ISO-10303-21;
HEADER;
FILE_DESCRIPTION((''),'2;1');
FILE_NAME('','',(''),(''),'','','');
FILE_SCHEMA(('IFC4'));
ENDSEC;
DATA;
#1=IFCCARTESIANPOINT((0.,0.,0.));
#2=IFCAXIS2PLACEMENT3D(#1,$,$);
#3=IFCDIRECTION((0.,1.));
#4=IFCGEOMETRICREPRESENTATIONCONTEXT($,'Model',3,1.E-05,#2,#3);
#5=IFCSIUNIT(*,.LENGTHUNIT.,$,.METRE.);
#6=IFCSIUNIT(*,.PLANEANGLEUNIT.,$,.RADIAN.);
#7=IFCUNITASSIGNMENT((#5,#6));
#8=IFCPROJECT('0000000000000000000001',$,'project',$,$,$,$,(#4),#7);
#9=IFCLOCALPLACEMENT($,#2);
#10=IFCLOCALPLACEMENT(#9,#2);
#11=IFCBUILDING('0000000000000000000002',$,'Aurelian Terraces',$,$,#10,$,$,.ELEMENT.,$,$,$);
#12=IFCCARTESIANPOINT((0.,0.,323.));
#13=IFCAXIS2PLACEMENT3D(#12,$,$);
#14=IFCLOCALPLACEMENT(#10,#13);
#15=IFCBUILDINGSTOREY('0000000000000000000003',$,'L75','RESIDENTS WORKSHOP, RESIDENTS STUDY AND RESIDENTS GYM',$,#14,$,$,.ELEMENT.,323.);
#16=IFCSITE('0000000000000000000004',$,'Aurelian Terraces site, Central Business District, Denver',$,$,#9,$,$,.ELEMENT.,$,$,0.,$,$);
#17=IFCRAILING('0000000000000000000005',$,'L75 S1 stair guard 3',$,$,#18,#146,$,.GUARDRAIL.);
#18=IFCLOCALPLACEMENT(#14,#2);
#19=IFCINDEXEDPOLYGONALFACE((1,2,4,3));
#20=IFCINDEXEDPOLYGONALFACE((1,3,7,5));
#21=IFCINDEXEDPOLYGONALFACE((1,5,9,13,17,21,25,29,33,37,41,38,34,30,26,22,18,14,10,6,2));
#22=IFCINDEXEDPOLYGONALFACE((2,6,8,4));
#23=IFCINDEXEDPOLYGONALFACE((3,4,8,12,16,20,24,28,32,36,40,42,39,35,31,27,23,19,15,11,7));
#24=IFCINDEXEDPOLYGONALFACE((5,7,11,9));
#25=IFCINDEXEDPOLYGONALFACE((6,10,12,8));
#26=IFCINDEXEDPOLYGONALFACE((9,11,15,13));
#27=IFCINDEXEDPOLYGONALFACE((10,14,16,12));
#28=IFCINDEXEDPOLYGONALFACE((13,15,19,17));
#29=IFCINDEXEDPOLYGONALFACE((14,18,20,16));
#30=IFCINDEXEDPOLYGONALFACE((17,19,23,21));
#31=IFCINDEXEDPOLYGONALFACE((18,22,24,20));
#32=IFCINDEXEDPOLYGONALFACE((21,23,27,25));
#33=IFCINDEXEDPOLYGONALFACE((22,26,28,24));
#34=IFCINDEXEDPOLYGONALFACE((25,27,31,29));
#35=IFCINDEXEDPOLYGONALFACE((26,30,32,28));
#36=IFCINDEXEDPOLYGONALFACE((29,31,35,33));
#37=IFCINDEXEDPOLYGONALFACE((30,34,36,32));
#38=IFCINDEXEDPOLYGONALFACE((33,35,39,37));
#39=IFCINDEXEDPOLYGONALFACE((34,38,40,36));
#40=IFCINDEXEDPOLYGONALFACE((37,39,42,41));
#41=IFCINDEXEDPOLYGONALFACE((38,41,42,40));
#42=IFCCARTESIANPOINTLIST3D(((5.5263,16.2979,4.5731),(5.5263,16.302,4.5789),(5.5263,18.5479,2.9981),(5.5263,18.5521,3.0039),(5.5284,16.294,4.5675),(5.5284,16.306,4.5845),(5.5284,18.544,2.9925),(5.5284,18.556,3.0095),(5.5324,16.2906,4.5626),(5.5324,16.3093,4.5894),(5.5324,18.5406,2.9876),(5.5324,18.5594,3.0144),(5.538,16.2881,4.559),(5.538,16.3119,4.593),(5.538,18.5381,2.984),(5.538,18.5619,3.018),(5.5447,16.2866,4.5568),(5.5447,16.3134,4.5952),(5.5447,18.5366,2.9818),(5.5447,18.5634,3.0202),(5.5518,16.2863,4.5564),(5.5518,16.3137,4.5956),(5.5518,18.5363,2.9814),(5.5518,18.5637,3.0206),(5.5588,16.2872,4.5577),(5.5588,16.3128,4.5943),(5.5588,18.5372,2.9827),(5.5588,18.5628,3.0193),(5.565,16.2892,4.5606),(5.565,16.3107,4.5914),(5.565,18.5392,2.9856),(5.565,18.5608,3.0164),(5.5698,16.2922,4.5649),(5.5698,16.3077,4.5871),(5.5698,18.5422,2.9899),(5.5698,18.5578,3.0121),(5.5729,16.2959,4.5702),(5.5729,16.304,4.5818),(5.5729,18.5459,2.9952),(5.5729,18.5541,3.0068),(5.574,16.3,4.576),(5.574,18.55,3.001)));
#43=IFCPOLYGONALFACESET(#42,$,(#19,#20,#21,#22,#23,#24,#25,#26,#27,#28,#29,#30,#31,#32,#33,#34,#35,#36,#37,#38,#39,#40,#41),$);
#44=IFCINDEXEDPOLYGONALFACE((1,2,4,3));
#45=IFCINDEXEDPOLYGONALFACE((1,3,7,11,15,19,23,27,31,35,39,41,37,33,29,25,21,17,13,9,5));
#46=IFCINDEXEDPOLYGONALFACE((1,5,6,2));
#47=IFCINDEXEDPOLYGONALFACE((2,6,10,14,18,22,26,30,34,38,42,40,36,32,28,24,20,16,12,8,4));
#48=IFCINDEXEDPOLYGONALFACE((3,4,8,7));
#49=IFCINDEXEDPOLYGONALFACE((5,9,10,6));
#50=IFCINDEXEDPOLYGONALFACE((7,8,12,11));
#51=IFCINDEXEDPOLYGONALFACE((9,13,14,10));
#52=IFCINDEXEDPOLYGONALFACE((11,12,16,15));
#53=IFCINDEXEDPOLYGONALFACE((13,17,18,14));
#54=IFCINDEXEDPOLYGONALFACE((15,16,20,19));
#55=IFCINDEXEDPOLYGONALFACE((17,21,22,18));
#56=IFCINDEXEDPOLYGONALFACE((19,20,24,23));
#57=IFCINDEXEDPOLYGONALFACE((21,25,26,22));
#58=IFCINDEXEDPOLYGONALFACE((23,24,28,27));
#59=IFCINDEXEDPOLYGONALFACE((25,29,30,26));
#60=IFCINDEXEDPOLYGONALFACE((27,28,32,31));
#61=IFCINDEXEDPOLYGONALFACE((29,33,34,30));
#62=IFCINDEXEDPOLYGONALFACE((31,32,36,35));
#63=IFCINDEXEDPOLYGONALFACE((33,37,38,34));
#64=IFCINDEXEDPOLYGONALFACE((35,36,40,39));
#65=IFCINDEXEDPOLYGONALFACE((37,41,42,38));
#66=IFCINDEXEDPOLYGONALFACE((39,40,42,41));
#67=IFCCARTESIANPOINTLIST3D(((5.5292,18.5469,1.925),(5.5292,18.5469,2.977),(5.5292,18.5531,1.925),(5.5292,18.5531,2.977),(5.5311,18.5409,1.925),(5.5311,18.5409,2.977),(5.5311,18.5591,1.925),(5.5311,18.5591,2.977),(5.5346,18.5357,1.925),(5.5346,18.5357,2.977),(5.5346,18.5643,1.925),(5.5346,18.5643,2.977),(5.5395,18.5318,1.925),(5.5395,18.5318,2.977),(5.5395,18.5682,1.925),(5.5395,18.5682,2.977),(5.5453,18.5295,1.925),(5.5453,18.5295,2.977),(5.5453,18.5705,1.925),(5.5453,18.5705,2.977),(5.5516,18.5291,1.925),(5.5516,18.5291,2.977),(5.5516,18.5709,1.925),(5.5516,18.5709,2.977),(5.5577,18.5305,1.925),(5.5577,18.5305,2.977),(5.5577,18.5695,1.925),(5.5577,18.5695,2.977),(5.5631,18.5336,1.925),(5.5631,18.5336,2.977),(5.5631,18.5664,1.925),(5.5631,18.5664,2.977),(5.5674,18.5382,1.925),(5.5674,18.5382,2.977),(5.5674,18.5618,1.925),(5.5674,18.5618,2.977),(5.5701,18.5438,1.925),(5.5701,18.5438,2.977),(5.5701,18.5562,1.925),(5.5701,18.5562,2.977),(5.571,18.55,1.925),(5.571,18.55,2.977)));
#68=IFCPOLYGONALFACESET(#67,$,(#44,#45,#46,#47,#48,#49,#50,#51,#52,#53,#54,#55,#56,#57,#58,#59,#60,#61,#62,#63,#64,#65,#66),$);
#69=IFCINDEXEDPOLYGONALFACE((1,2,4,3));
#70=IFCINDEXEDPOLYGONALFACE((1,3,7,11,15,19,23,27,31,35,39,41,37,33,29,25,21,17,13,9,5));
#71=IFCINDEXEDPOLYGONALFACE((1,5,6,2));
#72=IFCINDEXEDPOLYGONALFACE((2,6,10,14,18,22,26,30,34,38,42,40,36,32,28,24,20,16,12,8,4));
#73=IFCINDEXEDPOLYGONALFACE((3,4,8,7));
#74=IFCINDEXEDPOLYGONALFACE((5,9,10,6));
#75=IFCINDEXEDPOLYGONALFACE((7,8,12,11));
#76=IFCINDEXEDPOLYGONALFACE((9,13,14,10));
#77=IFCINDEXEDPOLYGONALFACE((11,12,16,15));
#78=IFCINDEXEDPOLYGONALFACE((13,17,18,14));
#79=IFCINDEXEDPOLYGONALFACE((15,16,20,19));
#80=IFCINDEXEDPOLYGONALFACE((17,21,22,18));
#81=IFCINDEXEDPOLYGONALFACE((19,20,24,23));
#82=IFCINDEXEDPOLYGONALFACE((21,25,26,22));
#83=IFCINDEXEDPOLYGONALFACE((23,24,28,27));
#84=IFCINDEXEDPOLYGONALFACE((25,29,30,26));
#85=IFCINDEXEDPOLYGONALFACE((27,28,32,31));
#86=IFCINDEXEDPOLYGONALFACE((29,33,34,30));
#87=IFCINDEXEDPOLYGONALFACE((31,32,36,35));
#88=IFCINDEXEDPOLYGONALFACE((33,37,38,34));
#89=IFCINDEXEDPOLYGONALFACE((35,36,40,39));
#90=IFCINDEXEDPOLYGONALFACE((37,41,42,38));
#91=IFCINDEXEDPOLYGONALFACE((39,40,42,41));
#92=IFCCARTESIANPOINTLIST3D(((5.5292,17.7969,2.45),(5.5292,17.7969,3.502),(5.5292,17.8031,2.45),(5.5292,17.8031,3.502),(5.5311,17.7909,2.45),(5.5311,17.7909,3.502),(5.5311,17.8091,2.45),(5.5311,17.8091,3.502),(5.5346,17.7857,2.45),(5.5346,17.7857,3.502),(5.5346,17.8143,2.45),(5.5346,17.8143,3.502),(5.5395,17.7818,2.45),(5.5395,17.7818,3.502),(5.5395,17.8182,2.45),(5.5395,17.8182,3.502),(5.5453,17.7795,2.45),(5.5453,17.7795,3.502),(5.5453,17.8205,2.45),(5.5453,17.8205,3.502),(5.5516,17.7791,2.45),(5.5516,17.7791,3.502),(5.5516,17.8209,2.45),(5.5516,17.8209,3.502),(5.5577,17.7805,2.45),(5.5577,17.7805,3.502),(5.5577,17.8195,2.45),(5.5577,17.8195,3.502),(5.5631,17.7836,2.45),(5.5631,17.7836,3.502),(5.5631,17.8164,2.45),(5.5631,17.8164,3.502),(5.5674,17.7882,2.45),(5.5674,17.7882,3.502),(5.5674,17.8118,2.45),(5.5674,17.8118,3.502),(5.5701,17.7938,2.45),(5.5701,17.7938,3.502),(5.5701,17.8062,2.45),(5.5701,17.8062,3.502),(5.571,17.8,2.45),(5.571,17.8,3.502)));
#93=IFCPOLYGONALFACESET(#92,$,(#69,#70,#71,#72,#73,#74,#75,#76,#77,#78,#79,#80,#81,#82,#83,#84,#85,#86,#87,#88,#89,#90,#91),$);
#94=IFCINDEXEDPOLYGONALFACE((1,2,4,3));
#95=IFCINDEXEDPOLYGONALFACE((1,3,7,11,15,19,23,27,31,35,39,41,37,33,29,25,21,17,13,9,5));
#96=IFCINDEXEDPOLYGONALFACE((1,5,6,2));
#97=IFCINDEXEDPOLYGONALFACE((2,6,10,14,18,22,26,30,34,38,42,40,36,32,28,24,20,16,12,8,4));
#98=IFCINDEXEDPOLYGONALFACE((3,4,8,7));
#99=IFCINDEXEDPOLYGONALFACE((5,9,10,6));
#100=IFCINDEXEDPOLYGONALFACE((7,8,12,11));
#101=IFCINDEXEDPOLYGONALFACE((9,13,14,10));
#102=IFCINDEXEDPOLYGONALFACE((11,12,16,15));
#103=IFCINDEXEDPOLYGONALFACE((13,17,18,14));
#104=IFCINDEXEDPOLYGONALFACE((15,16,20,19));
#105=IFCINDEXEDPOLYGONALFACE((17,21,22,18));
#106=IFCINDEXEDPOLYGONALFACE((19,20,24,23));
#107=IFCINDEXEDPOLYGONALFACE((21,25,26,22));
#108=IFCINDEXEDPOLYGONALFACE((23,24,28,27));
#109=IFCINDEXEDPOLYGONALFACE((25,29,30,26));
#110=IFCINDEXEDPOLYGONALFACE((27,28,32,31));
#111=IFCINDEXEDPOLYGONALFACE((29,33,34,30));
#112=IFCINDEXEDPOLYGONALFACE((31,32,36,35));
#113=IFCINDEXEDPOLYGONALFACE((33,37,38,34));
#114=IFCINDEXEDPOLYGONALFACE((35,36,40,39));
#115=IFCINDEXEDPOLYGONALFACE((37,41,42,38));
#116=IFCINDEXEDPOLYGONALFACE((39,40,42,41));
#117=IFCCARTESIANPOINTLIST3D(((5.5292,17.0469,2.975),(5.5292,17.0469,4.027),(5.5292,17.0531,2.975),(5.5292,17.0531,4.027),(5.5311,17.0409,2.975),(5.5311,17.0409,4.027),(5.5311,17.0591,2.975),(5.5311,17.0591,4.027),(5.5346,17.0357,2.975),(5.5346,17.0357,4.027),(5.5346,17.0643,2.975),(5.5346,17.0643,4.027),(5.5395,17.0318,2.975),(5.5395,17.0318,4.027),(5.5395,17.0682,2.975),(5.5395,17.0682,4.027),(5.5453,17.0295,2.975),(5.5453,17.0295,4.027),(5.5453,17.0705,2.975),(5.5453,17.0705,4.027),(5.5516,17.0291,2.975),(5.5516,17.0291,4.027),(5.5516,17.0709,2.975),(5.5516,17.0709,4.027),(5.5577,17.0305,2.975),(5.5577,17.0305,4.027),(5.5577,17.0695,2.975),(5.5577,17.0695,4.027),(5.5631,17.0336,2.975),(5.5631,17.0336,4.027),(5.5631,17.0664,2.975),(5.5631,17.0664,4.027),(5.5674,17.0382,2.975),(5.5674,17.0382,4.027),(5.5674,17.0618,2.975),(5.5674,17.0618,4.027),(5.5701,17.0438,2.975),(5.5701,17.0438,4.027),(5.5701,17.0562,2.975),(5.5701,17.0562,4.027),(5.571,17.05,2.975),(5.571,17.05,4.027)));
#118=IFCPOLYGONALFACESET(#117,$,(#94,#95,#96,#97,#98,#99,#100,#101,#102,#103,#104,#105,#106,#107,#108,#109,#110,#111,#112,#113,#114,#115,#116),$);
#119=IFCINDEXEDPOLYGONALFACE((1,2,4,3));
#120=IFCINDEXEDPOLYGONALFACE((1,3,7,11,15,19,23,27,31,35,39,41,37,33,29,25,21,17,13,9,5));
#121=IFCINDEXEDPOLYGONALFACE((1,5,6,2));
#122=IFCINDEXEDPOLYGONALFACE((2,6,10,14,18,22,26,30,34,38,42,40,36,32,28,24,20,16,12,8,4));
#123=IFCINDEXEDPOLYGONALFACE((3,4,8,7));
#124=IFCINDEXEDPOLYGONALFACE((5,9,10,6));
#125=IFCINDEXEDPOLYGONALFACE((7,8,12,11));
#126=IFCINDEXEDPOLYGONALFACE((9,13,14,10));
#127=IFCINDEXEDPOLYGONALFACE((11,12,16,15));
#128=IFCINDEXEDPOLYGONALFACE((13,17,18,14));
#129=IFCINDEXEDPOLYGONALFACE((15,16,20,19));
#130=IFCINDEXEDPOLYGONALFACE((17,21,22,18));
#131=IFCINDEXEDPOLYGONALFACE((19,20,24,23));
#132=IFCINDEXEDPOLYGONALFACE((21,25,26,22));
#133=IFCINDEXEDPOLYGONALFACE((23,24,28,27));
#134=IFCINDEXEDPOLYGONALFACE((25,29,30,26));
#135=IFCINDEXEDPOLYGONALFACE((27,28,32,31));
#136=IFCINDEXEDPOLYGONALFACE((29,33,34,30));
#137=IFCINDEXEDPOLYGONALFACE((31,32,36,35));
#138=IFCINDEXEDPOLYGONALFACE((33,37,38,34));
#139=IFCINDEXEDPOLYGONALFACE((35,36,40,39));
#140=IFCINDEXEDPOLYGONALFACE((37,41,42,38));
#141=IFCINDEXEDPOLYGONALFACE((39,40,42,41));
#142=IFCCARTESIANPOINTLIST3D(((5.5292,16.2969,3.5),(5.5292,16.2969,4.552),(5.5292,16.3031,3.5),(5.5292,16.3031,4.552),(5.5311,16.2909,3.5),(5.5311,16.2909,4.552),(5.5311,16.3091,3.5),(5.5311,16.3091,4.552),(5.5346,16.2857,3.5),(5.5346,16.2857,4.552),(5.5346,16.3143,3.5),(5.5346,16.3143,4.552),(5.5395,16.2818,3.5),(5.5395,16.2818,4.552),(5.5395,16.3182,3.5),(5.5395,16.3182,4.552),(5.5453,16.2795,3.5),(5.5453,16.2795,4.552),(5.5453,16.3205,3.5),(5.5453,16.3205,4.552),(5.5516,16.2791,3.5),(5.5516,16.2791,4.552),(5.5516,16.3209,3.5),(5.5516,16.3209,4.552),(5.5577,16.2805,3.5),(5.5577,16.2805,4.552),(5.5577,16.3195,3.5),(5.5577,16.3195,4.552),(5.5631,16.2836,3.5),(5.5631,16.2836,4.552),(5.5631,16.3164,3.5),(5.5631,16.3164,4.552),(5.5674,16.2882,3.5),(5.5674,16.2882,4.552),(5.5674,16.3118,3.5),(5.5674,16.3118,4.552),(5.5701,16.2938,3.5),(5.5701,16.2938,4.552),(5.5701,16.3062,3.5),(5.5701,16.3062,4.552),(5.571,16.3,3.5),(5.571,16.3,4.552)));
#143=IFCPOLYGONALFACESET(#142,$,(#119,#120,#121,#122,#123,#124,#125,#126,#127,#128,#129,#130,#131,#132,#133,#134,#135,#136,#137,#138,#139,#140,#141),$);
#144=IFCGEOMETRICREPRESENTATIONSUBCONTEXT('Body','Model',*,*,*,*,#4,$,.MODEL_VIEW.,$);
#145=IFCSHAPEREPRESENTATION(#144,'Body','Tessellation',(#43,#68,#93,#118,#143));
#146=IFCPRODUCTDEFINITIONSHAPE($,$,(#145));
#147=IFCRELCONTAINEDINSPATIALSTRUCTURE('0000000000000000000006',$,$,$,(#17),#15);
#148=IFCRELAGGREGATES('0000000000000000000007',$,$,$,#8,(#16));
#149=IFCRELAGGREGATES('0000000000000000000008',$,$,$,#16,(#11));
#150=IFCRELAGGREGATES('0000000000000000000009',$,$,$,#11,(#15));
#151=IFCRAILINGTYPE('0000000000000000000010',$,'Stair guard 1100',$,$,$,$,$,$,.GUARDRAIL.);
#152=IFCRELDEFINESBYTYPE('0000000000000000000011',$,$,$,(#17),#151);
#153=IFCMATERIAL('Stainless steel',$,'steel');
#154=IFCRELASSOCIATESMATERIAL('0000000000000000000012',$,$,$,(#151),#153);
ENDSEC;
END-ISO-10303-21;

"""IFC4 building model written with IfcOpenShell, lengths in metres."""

from ifc_helpers import new_model, si_unit, direction, frame, origin, origin_2d, place, context, subcontext, project, spatial, circle, extrude, source, transform, mapped, material, type_object, element, save


model = new_model("IFC4")

# Units and contexts
model_context = context("Model", 3, precision=1e-05, world=origin(), true_north=direction((0.0, 1.0)))
body_context = subcontext(model_context, "Body", "Model", "MODEL_VIEW")
ifc_project = project(units=[si_unit("LENGTHUNIT", "METRE"), si_unit("PLANEANGLEUNIT", "RADIAN")], contexts=[model_context])

# Site, building, storey
site_placement = place(None, origin())
site = spatial("IfcSite", under=ifc_project, at=site_placement, Name="Aurelian Terraces site, Central Business District, Denver", CompositionType="ELEMENT", RefElevation=0.0)
building_placement = place(site_placement, origin())
building = spatial("IfcBuilding", under=site, at=building_placement, Name="Aurelian Terraces", CompositionType="ELEMENT")
storey_placement = place(building_placement, frame((0.0, 0.0, 323.0)))
storey = spatial("IfcBuildingStorey", under=building, at=storey_placement, Name="L75", Description="RESIDENTS WORKSHOP, RESIDENTS STUDY AND RESIDENTS GYM", CompositionType="ELEMENT", Elevation=323.0)

# Railing
ifc_material_1 = material(Name="Stainless steel", Category="steel")
railing_type_1 = type_object("IfcRailingType", Name="Stair guard 1100", PredefinedType="GUARDRAIL", material=ifc_material_1)
shared_shape_1 = source(origin(), body_context, "Body", "SweptSolid", [
    extrude(circle(Radius=0.024, at=origin_2d()), frame((0.0, 0.0, 1.076), z_axis=(0.0, -0.819232, 0.573462), x_axis=(1.0, 0.0, 0.0)), (0.0, 0.0, 1.0), 2.7465),
    extrude(circle(Radius=0.021, at=origin_2d()), origin(), (0.0, 0.0, 1.0), 1.052),
    extrude(circle(Radius=0.021, at=origin_2d()), frame((0.0, -0.75, 0.525)), (0.0, 0.0, 1.0), 1.052),
    extrude(circle(Radius=0.021, at=origin_2d()), frame((0.0, -1.5, 1.05)), (0.0, 0.0, 1.0), 1.052),
    extrude(circle(Radius=0.021, at=origin_2d()), frame((0.0, -2.25, 1.575)), (0.0, 0.0, 1.0), 1.052),
])
railing_1_placement = place(storey_placement, frame((5.55, 18.55, 1.925)))
element("IfcRailing", 1, at=railing_1_placement, inside=storey, type_object=railing_type_1, Name="L75 S1 stair guard 3", PredefinedType="GUARDRAIL", context=body_context, shape_type="MappedRepresentation", body=[
    mapped(shared_shape_1, transform((0.0, 0.0, 0.0), scale=1.0)),
])

save(model, "model.ifc")
